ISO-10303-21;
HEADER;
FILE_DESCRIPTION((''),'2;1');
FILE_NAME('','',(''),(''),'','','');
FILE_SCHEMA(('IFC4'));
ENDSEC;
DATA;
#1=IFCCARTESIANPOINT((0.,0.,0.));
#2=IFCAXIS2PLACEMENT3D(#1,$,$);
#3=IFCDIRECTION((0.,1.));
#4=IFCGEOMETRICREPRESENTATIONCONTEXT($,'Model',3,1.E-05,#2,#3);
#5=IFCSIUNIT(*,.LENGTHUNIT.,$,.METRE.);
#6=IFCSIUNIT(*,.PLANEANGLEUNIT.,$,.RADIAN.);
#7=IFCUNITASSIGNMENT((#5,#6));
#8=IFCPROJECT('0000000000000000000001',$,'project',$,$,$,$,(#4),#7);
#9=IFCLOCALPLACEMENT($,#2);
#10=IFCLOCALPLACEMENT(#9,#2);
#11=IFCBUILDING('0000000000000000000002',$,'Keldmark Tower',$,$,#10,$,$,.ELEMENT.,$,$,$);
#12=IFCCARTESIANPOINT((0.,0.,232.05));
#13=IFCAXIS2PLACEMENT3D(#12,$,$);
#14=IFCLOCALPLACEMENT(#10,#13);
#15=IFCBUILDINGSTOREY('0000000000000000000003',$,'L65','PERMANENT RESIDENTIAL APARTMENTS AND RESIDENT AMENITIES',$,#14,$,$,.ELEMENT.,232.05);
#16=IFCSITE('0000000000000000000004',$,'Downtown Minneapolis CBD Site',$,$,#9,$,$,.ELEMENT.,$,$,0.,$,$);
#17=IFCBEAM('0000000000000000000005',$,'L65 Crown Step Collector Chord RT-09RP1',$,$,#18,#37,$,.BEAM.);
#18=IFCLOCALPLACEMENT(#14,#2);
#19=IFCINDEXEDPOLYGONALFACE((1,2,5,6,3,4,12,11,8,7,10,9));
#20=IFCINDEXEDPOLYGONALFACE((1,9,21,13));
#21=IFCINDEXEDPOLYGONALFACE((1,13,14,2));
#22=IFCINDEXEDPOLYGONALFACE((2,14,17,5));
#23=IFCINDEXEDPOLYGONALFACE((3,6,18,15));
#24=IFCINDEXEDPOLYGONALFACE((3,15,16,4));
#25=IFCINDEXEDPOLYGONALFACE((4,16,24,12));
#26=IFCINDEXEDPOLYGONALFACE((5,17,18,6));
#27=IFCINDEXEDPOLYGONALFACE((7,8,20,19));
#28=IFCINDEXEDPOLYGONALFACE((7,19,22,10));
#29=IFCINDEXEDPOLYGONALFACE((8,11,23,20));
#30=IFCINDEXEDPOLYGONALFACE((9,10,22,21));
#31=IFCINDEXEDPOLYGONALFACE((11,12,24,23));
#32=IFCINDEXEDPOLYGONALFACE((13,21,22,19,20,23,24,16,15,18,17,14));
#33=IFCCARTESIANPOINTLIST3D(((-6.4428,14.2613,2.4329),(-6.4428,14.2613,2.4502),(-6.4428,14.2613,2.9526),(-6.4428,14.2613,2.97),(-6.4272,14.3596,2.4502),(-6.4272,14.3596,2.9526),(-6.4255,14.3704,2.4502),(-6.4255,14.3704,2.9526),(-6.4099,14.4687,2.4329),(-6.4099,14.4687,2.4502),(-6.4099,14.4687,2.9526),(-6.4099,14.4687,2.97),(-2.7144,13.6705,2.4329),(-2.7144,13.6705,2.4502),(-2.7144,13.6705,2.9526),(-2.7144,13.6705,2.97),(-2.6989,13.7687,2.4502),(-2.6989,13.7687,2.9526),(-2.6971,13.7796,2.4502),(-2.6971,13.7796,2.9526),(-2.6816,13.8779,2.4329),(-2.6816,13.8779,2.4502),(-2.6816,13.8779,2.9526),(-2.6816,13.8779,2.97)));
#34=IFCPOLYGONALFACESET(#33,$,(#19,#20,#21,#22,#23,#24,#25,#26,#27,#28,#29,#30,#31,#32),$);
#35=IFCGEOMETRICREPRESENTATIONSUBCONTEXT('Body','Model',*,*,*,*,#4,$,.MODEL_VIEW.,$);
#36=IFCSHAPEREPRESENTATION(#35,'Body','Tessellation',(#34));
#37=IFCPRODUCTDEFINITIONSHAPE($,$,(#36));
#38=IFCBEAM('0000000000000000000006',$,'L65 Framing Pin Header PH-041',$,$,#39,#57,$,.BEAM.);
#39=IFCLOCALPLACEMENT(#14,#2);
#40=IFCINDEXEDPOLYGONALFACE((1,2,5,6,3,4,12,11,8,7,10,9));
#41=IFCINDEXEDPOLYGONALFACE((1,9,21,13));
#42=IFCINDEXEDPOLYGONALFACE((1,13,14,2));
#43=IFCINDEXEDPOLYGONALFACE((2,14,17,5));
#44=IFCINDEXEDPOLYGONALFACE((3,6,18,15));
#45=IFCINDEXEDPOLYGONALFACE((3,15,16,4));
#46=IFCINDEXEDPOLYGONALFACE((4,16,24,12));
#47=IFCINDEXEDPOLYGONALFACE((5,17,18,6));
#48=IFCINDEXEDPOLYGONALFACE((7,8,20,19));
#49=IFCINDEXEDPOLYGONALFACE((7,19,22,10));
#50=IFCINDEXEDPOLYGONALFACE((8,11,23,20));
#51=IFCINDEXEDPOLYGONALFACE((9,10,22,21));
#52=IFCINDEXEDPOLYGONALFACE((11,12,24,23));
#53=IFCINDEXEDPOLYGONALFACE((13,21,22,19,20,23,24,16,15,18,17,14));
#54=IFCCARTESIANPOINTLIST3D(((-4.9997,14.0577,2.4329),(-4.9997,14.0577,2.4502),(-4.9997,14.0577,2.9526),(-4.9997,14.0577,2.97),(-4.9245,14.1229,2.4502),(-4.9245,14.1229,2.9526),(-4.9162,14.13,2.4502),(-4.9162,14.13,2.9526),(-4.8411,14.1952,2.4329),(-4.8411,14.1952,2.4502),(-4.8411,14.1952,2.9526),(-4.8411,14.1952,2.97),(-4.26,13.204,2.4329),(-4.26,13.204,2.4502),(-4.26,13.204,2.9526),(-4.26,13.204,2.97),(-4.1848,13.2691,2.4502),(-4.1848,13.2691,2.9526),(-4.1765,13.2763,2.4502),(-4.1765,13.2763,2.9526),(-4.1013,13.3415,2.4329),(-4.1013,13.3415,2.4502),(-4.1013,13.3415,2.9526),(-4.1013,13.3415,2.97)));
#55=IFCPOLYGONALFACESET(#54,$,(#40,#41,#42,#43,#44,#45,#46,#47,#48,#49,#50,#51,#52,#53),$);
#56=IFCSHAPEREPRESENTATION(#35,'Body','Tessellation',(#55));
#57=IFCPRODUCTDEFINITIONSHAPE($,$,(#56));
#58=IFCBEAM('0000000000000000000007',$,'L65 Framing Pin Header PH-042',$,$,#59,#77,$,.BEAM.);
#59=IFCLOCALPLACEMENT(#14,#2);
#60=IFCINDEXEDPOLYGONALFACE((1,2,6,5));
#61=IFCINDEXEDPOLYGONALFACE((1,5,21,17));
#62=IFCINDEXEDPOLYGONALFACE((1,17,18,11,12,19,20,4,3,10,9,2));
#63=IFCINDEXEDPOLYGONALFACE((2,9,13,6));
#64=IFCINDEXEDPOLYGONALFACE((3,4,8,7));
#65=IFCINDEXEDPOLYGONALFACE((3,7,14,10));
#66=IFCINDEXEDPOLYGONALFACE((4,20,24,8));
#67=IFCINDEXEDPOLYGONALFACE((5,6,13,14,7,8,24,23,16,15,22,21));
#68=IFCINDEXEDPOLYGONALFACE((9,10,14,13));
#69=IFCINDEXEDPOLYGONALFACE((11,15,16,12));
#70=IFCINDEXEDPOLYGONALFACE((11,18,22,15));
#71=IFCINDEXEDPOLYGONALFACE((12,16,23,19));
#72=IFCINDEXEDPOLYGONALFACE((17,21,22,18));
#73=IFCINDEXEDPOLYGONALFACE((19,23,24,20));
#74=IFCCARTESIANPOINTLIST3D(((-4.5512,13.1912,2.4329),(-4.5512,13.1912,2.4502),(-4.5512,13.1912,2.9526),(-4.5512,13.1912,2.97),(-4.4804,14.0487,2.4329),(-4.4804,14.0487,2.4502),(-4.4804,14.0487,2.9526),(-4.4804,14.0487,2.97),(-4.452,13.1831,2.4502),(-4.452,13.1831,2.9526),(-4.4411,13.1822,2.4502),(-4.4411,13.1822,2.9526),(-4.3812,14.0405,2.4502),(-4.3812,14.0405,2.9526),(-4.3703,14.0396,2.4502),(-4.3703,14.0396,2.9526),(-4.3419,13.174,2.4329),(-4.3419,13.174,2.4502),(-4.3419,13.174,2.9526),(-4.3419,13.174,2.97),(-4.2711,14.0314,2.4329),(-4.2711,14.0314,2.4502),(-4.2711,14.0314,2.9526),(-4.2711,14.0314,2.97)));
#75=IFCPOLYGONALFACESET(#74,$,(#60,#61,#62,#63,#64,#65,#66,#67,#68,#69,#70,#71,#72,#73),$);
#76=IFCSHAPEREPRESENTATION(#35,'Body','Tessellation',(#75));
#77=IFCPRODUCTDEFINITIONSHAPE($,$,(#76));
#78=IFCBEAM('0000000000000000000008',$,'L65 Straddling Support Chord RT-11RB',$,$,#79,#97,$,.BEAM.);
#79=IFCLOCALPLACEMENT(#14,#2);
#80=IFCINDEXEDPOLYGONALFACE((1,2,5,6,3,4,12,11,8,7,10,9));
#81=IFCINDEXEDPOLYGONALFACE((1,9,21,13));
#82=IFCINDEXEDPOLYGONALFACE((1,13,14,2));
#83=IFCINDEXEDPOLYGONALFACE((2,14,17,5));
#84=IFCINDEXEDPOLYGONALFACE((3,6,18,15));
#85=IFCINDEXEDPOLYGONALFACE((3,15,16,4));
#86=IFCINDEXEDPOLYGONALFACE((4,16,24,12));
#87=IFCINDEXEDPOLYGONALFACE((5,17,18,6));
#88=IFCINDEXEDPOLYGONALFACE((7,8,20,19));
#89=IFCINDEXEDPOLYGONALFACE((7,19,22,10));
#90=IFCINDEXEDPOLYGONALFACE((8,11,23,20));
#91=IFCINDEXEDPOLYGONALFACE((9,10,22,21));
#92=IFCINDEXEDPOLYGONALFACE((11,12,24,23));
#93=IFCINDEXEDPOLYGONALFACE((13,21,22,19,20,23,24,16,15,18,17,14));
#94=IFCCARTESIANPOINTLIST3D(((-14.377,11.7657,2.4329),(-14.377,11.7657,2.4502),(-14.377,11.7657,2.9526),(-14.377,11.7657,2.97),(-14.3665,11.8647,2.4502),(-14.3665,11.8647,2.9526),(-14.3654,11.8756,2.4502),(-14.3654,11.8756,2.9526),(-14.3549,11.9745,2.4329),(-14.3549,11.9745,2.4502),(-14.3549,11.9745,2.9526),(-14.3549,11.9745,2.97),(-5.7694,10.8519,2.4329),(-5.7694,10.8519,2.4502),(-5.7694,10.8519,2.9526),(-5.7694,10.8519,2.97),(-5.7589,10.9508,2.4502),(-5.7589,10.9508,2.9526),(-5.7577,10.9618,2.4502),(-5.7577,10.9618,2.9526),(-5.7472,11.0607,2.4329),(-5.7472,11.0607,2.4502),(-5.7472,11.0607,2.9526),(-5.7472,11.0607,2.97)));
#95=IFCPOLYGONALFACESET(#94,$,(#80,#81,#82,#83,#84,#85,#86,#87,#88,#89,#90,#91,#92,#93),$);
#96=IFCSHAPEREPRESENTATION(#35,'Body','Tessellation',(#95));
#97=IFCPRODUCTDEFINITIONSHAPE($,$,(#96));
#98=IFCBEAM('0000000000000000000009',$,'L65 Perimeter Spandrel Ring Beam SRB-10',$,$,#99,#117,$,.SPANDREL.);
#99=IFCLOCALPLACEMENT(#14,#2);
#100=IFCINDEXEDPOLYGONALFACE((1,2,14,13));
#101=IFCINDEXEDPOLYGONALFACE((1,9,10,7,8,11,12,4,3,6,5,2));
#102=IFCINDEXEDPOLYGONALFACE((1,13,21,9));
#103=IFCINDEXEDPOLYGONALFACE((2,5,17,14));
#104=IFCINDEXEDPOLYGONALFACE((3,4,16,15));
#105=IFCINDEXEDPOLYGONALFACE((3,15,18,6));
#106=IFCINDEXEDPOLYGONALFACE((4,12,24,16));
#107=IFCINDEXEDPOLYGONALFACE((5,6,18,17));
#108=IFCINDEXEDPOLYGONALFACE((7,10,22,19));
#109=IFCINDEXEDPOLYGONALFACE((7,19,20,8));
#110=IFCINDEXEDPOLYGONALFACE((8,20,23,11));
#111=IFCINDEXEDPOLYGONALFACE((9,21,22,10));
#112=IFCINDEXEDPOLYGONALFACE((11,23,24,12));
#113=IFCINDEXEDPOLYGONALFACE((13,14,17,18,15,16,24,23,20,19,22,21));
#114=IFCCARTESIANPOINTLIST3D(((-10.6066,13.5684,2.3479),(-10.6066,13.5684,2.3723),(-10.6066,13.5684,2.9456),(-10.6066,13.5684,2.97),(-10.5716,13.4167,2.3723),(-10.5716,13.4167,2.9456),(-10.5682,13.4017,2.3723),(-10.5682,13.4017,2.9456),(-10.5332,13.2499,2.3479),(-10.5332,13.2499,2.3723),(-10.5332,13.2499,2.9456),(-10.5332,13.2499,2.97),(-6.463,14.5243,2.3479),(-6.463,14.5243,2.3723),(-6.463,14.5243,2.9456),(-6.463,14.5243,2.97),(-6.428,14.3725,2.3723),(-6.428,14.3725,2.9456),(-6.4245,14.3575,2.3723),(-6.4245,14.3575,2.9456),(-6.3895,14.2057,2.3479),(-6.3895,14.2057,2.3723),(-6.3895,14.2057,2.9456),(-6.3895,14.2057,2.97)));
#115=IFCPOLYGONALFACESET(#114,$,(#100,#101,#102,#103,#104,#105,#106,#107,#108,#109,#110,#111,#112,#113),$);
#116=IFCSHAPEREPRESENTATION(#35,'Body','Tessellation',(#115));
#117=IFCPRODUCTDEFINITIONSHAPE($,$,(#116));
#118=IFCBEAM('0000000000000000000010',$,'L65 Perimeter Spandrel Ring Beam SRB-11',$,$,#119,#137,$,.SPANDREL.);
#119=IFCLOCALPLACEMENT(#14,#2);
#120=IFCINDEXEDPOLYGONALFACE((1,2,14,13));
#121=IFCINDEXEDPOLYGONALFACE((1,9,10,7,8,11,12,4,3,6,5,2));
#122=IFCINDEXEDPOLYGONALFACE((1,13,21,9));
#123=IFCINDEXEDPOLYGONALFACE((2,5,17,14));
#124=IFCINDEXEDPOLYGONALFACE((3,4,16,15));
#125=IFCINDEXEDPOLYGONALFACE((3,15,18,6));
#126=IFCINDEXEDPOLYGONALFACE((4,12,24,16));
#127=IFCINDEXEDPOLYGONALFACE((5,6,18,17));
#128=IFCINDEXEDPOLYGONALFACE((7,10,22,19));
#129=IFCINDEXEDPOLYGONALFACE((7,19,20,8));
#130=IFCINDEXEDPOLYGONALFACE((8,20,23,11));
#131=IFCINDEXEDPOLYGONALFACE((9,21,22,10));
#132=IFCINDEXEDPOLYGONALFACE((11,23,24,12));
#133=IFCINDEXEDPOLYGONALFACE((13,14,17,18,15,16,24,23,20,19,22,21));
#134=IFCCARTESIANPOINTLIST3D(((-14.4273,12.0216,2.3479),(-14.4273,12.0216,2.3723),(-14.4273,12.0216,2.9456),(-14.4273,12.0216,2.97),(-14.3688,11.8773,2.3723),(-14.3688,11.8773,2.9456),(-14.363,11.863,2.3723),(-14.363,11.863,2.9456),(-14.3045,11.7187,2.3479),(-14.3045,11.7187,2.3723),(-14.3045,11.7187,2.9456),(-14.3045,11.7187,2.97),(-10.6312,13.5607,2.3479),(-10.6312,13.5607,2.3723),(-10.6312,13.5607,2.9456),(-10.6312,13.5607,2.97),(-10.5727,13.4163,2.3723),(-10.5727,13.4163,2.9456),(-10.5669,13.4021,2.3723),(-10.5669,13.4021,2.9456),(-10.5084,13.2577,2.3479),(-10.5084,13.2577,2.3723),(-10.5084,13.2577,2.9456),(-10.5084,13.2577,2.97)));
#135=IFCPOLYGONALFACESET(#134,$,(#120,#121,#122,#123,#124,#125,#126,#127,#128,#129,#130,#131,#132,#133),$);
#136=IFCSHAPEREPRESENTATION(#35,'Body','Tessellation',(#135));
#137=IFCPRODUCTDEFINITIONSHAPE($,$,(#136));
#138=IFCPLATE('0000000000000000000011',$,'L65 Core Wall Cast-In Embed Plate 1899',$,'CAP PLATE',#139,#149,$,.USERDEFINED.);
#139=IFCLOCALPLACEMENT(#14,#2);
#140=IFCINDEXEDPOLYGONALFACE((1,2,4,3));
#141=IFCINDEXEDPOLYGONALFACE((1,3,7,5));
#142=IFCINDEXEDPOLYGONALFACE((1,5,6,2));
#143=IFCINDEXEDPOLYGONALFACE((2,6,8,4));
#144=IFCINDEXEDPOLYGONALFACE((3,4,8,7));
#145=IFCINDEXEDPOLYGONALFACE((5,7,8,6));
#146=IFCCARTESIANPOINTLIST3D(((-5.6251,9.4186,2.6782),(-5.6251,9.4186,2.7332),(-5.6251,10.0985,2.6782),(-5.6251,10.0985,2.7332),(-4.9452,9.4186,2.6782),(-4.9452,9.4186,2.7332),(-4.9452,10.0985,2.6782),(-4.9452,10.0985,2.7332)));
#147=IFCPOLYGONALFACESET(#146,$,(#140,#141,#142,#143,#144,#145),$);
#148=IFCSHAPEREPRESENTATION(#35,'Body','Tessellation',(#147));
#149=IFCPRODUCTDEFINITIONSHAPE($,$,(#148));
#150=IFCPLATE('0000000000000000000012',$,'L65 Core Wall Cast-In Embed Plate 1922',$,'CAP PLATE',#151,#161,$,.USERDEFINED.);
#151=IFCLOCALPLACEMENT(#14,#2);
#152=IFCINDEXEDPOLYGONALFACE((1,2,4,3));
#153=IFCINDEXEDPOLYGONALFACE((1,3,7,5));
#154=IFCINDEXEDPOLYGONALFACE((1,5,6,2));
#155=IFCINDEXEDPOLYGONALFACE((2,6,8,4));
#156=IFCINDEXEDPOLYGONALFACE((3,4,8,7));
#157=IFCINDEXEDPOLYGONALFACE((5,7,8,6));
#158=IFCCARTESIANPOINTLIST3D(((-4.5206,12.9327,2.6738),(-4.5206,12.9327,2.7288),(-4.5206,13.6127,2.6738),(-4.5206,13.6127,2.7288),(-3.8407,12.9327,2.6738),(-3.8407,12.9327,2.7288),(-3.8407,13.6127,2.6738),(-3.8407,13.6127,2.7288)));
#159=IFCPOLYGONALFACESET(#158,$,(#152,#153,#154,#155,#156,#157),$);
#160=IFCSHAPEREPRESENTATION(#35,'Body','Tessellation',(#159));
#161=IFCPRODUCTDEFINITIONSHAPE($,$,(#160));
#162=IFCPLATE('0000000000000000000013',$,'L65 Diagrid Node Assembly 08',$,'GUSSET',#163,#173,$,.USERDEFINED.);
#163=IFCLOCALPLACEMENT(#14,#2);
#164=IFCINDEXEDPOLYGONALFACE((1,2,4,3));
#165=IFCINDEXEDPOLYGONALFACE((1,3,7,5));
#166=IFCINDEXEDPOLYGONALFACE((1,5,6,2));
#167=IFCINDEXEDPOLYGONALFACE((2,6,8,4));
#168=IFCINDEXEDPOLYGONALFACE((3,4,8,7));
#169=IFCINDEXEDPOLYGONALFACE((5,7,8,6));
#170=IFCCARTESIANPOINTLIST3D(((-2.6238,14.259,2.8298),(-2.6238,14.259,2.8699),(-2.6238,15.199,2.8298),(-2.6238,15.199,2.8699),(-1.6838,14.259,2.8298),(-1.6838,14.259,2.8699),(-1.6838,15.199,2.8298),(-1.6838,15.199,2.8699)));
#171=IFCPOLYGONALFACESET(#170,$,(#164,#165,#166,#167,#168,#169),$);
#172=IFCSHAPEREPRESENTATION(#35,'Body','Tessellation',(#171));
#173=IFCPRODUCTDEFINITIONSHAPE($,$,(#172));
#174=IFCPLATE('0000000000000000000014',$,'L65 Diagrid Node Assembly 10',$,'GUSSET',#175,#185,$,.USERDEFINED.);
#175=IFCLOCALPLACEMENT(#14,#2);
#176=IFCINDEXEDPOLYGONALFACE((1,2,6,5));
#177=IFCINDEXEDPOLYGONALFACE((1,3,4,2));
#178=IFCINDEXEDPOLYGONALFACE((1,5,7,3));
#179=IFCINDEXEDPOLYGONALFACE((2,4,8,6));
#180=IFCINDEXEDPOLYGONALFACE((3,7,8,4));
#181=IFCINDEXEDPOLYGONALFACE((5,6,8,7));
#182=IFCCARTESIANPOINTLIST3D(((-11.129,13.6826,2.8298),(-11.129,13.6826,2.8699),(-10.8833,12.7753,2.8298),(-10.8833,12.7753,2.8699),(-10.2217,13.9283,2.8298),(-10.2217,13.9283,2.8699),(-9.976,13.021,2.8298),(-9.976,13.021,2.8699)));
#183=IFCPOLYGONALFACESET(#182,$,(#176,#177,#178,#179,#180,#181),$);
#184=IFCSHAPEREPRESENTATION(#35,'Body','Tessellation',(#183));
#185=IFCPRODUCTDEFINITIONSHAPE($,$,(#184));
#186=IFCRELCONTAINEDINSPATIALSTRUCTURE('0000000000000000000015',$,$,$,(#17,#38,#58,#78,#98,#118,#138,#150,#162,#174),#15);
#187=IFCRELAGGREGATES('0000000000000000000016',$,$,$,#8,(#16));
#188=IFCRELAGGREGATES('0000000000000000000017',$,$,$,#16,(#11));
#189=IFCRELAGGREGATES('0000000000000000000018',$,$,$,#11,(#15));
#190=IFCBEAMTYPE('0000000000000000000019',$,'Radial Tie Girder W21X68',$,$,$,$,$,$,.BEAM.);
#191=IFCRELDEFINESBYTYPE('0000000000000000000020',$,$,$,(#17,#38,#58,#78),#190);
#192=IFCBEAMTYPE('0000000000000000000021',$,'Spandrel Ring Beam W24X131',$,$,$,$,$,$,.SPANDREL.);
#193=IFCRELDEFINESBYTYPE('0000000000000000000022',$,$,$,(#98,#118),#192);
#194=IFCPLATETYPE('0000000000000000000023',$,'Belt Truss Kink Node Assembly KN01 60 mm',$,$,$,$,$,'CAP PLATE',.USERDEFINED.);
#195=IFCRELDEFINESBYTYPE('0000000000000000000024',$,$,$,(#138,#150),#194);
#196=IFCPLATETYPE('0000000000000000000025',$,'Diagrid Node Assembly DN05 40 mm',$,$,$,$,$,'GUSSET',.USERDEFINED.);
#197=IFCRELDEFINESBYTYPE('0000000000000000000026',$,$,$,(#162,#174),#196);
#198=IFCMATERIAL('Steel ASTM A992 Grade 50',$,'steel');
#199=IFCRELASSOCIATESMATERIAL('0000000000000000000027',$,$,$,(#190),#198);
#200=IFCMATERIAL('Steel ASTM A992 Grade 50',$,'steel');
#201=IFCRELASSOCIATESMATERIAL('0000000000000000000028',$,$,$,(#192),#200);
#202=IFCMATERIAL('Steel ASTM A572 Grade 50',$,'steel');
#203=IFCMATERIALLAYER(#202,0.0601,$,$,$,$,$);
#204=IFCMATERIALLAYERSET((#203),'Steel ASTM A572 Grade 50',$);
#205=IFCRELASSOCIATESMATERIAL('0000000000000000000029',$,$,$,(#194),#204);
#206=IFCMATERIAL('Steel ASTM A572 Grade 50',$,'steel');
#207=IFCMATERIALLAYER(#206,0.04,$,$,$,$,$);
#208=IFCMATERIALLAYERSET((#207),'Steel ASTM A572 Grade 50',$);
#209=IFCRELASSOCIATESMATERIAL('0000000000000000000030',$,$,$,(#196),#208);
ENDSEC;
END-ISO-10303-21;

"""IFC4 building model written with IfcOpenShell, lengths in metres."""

from ifc_helpers import new_model, si_unit, direction, frame, origin, origin_2d, place, context, subcontext, project, spatial, rectangle, i_section, extrude, material, layer, layer_set, material_profile, profile_set, type_object, element, save


model = new_model("IFC4")

# Units and contexts
model_context = context("Model", 3, precision=1e-05, world=origin(), true_north=direction((0.0, 1.0)))
body_context = subcontext(model_context, "Body", "Model", "MODEL_VIEW")
ifc_project = project(units=[si_unit("LENGTHUNIT", "METRE"), si_unit("PLANEANGLEUNIT", "RADIAN")], contexts=[model_context])

# Site, building, storey
site_placement = place(None, origin())
site = spatial("IfcSite", under=ifc_project, at=site_placement, Name="Downtown Minneapolis CBD Site", CompositionType="ELEMENT", RefElevation=0.0)
building_placement = place(site_placement, origin())
building = spatial("IfcBuilding", under=site, at=building_placement, Name="Keldmark Tower", CompositionType="ELEMENT")
storey_placement = place(building_placement, frame((0.0, 0.0, 232.05)))
storey = spatial("IfcBuildingStorey", under=building, at=storey_placement, Name="L65", Description="PERMANENT RESIDENTIAL APARTMENTS AND RESIDENT AMENITIES", CompositionType="ELEMENT", Elevation=232.05)

# Beams
ifc_material_1 = material(Name="Steel ASTM A992 Grade 50", Category="steel")
ifc_material_profile_1 = material_profile(ifc_material_1, i_section(OverallWidth=0.21, OverallDepth=0.5371, WebThickness=0.011, FlangeThickness=0.0173, at=origin_2d()), Name="W21X68")
ifc_profile_set_1 = profile_set([ifc_material_profile_1], Name="Steel ASTM A992 Grade 50")
beam_type_1 = type_object("IfcBeamType", Name="Radial Tie Girder W21X68", PredefinedType="BEAM", material=ifc_profile_set_1)
beam_1_placement = place(storey_placement, frame((-2.698, 13.7742, 2.7014), z_axis=(-0.987675, 0.156517, 0.0), x_axis=(-0.156517, -0.987675, 0.0)))
element("IfcBeam", 1, at=beam_1_placement, inside=storey, type_object=beam_type_1, Name="L65 Crown Step Collector Chord RT-09RP1", PredefinedType="BEAM", context=body_context, shape_type="SweptSolid", body=[
    extrude(i_section(OverallWidth=0.21, OverallDepth=0.5371, WebThickness=0.011, FlangeThickness=0.0173, at=origin_2d()), origin(), (0.0, 0.0, 1.0), 3.7749),
])
beam_2_placement = place(storey_placement, frame((-4.1807, 13.2727, 2.7014), z_axis=(-0.65484, 0.755768, 0.0), x_axis=(-0.755768, -0.65484, 0.0)))
element("IfcBeam", 2, at=beam_2_placement, inside=storey, type_object=beam_type_1, Name="L65 Framing Pin Header PH-041", PredefinedType="BEAM", context=body_context, shape_type="SweptSolid", body=[
    extrude(i_section(OverallWidth=0.21, OverallDepth=0.5371, WebThickness=0.011, FlangeThickness=0.0173, at=origin_2d()), origin(), (0.0, 0.0, 1.0), 1.1296),
])
beam_3_placement = place(storey_placement, frame((-4.3757, 14.04, 2.7014), z_axis=(-0.082294, -0.996608, 0.0), x_axis=(0.996608, -0.082294, 0.0)))
element("IfcBeam", 3, at=beam_3_placement, inside=storey, type_object=beam_type_1, Name="L65 Framing Pin Header PH-042", PredefinedType="BEAM", context=body_context, shape_type="SweptSolid", body=[
    extrude(i_section(OverallWidth=0.21, OverallDepth=0.5371, WebThickness=0.011, FlangeThickness=0.0173, at=origin_2d()), origin(), (0.0, 0.0, 1.0), 0.8604),
])
beam_4_placement = place(storey_placement, frame((-5.7583, 10.9563, 2.7014), z_axis=(-0.994412, 0.10557, 0.0), x_axis=(-0.10557, -0.994412, 0.0)))
element("IfcBeam", 4, at=beam_4_placement, inside=storey, type_object=beam_type_1, Name="L65 Straddling Support Chord RT-11RB", PredefinedType="BEAM", context=body_context, shape_type="SweptSolid", body=[
    extrude(i_section(OverallWidth=0.21, OverallDepth=0.5371, WebThickness=0.011, FlangeThickness=0.0173, at=origin_2d()), origin(), (0.0, 0.0, 1.0), 8.656),
])
ifc_material_2 = material(Name="Steel ASTM A992 Grade 50", Category="steel")
ifc_material_profile_2 = material_profile(ifc_material_2, i_section(OverallWidth=0.3269, OverallDepth=0.6221, WebThickness=0.0154, FlangeThickness=0.0244, at=origin_2d()), Name="W24X131")
ifc_profile_set_2 = profile_set([ifc_material_profile_2], Name="Steel ASTM A992 Grade 50")
beam_type_2 = type_object("IfcBeamType", Name="Spandrel Ring Beam W24X131", PredefinedType="SPANDREL", material=ifc_profile_set_2)
beam_5_placement = place(storey_placement, frame((-6.4263, 14.365, 2.6589), z_axis=(-0.974412, -0.224771, 0.0), x_axis=(0.224771, -0.974412, 0.0)))
element("IfcBeam", 5, at=beam_5_placement, inside=storey, type_object=beam_type_2, Name="L65 Perimeter Spandrel Ring Beam SRB-10", PredefinedType="SPANDREL", context=body_context, shape_type="SweptSolid", body=[
    extrude(i_section(OverallWidth=0.3269, OverallDepth=0.6221, WebThickness=0.0154, FlangeThickness=0.0244, at=origin_2d()), origin(), (0.0, 0.0, 1.0), 4.2524),
])
beam_6_placement = place(storey_placement, frame((-10.5698, 13.4092, 2.6589), z_axis=(-0.926732, -0.375723, 0.0), x_axis=(0.375723, -0.926732, 0.0)))
element("IfcBeam", 6, at=beam_6_placement, inside=storey, type_object=beam_type_2, Name="L65 Perimeter Spandrel Ring Beam SRB-11", PredefinedType="SPANDREL", context=body_context, shape_type="SweptSolid", body=[
    extrude(i_section(OverallWidth=0.3269, OverallDepth=0.6221, WebThickness=0.0154, FlangeThickness=0.0244, at=origin_2d()), origin(), (0.0, 0.0, 1.0), 4.0962),
])

# Plates
ifc_material_3 = material(Name="Steel ASTM A572 Grade 50", Category="steel")
ifc_layer_1 = layer(ifc_material_3, 0.0601)
ifc_layer_set_1 = layer_set([ifc_layer_1], Name="Steel ASTM A572 Grade 50")
plate_type_1 = type_object("IfcPlateType", Name="Belt Truss Kink Node Assembly KN01 60 mm", ElementType="CAP PLATE", PredefinedType="USERDEFINED", material=ifc_layer_set_1)
for number, where, z_axis, x_axis, name in (
    (7, (-5.2852, 9.7585, 2.6782), (0.0, 0.0, 1.0), (1.0, 0.0, 0.0), "L65 Core Wall Cast-In Embed Plate 1899"),
    (8, (-4.1807, 13.2727, 2.6738), (0.0, 0.0, 1.0), (1.0, 0.0, 0.0), "L65 Core Wall Cast-In Embed Plate 1922"),
):
    element("IfcPlate", number, at=place(storey_placement, frame(where, z_axis=z_axis, x_axis=x_axis)), inside=storey, type_object=plate_type_1, Name=name, ObjectType="CAP PLATE", PredefinedType="USERDEFINED", context=body_context, shape_type="SweptSolid", body=[
        extrude(rectangle(XDim=0.6799, YDim=0.6799, at=origin_2d()), origin(), (0.0, 0.0, 1.0), 0.0549),
    ])
ifc_material_4 = material(Name="Steel ASTM A572 Grade 50", Category="steel")
ifc_layer_2 = layer(ifc_material_4, 0.04)
ifc_layer_set_2 = layer_set([ifc_layer_2], Name="Steel ASTM A572 Grade 50")
plate_type_2 = type_object("IfcPlateType", Name="Diagrid Node Assembly DN05 40 mm", ElementType="GUSSET", PredefinedType="USERDEFINED", material=ifc_layer_set_2)
for number, where, z_axis, x_axis, name in (
    (9, (-2.1538, 14.729, 2.8298), (0.0, 0.0, 1.0), (-1.0, 0.0, 0.0), "L65 Diagrid Node Assembly 08"),
    (10, (-10.5525, 13.3518, 2.8298), (0.0, 0.0, 1.0), (-0.965245, -0.261347, 0.0), "L65 Diagrid Node Assembly 10"),
):
    element("IfcPlate", number, at=place(storey_placement, frame(where, z_axis=z_axis, x_axis=x_axis)), inside=storey, type_object=plate_type_2, Name=name, ObjectType="GUSSET", PredefinedType="USERDEFINED", context=body_context, shape_type="SweptSolid", body=[
        extrude(rectangle(XDim=0.9399, YDim=0.9399, at=origin_2d()), origin(), (0.0, 0.0, 1.0), 0.04),
    ])

save(model, "model.ifc")
